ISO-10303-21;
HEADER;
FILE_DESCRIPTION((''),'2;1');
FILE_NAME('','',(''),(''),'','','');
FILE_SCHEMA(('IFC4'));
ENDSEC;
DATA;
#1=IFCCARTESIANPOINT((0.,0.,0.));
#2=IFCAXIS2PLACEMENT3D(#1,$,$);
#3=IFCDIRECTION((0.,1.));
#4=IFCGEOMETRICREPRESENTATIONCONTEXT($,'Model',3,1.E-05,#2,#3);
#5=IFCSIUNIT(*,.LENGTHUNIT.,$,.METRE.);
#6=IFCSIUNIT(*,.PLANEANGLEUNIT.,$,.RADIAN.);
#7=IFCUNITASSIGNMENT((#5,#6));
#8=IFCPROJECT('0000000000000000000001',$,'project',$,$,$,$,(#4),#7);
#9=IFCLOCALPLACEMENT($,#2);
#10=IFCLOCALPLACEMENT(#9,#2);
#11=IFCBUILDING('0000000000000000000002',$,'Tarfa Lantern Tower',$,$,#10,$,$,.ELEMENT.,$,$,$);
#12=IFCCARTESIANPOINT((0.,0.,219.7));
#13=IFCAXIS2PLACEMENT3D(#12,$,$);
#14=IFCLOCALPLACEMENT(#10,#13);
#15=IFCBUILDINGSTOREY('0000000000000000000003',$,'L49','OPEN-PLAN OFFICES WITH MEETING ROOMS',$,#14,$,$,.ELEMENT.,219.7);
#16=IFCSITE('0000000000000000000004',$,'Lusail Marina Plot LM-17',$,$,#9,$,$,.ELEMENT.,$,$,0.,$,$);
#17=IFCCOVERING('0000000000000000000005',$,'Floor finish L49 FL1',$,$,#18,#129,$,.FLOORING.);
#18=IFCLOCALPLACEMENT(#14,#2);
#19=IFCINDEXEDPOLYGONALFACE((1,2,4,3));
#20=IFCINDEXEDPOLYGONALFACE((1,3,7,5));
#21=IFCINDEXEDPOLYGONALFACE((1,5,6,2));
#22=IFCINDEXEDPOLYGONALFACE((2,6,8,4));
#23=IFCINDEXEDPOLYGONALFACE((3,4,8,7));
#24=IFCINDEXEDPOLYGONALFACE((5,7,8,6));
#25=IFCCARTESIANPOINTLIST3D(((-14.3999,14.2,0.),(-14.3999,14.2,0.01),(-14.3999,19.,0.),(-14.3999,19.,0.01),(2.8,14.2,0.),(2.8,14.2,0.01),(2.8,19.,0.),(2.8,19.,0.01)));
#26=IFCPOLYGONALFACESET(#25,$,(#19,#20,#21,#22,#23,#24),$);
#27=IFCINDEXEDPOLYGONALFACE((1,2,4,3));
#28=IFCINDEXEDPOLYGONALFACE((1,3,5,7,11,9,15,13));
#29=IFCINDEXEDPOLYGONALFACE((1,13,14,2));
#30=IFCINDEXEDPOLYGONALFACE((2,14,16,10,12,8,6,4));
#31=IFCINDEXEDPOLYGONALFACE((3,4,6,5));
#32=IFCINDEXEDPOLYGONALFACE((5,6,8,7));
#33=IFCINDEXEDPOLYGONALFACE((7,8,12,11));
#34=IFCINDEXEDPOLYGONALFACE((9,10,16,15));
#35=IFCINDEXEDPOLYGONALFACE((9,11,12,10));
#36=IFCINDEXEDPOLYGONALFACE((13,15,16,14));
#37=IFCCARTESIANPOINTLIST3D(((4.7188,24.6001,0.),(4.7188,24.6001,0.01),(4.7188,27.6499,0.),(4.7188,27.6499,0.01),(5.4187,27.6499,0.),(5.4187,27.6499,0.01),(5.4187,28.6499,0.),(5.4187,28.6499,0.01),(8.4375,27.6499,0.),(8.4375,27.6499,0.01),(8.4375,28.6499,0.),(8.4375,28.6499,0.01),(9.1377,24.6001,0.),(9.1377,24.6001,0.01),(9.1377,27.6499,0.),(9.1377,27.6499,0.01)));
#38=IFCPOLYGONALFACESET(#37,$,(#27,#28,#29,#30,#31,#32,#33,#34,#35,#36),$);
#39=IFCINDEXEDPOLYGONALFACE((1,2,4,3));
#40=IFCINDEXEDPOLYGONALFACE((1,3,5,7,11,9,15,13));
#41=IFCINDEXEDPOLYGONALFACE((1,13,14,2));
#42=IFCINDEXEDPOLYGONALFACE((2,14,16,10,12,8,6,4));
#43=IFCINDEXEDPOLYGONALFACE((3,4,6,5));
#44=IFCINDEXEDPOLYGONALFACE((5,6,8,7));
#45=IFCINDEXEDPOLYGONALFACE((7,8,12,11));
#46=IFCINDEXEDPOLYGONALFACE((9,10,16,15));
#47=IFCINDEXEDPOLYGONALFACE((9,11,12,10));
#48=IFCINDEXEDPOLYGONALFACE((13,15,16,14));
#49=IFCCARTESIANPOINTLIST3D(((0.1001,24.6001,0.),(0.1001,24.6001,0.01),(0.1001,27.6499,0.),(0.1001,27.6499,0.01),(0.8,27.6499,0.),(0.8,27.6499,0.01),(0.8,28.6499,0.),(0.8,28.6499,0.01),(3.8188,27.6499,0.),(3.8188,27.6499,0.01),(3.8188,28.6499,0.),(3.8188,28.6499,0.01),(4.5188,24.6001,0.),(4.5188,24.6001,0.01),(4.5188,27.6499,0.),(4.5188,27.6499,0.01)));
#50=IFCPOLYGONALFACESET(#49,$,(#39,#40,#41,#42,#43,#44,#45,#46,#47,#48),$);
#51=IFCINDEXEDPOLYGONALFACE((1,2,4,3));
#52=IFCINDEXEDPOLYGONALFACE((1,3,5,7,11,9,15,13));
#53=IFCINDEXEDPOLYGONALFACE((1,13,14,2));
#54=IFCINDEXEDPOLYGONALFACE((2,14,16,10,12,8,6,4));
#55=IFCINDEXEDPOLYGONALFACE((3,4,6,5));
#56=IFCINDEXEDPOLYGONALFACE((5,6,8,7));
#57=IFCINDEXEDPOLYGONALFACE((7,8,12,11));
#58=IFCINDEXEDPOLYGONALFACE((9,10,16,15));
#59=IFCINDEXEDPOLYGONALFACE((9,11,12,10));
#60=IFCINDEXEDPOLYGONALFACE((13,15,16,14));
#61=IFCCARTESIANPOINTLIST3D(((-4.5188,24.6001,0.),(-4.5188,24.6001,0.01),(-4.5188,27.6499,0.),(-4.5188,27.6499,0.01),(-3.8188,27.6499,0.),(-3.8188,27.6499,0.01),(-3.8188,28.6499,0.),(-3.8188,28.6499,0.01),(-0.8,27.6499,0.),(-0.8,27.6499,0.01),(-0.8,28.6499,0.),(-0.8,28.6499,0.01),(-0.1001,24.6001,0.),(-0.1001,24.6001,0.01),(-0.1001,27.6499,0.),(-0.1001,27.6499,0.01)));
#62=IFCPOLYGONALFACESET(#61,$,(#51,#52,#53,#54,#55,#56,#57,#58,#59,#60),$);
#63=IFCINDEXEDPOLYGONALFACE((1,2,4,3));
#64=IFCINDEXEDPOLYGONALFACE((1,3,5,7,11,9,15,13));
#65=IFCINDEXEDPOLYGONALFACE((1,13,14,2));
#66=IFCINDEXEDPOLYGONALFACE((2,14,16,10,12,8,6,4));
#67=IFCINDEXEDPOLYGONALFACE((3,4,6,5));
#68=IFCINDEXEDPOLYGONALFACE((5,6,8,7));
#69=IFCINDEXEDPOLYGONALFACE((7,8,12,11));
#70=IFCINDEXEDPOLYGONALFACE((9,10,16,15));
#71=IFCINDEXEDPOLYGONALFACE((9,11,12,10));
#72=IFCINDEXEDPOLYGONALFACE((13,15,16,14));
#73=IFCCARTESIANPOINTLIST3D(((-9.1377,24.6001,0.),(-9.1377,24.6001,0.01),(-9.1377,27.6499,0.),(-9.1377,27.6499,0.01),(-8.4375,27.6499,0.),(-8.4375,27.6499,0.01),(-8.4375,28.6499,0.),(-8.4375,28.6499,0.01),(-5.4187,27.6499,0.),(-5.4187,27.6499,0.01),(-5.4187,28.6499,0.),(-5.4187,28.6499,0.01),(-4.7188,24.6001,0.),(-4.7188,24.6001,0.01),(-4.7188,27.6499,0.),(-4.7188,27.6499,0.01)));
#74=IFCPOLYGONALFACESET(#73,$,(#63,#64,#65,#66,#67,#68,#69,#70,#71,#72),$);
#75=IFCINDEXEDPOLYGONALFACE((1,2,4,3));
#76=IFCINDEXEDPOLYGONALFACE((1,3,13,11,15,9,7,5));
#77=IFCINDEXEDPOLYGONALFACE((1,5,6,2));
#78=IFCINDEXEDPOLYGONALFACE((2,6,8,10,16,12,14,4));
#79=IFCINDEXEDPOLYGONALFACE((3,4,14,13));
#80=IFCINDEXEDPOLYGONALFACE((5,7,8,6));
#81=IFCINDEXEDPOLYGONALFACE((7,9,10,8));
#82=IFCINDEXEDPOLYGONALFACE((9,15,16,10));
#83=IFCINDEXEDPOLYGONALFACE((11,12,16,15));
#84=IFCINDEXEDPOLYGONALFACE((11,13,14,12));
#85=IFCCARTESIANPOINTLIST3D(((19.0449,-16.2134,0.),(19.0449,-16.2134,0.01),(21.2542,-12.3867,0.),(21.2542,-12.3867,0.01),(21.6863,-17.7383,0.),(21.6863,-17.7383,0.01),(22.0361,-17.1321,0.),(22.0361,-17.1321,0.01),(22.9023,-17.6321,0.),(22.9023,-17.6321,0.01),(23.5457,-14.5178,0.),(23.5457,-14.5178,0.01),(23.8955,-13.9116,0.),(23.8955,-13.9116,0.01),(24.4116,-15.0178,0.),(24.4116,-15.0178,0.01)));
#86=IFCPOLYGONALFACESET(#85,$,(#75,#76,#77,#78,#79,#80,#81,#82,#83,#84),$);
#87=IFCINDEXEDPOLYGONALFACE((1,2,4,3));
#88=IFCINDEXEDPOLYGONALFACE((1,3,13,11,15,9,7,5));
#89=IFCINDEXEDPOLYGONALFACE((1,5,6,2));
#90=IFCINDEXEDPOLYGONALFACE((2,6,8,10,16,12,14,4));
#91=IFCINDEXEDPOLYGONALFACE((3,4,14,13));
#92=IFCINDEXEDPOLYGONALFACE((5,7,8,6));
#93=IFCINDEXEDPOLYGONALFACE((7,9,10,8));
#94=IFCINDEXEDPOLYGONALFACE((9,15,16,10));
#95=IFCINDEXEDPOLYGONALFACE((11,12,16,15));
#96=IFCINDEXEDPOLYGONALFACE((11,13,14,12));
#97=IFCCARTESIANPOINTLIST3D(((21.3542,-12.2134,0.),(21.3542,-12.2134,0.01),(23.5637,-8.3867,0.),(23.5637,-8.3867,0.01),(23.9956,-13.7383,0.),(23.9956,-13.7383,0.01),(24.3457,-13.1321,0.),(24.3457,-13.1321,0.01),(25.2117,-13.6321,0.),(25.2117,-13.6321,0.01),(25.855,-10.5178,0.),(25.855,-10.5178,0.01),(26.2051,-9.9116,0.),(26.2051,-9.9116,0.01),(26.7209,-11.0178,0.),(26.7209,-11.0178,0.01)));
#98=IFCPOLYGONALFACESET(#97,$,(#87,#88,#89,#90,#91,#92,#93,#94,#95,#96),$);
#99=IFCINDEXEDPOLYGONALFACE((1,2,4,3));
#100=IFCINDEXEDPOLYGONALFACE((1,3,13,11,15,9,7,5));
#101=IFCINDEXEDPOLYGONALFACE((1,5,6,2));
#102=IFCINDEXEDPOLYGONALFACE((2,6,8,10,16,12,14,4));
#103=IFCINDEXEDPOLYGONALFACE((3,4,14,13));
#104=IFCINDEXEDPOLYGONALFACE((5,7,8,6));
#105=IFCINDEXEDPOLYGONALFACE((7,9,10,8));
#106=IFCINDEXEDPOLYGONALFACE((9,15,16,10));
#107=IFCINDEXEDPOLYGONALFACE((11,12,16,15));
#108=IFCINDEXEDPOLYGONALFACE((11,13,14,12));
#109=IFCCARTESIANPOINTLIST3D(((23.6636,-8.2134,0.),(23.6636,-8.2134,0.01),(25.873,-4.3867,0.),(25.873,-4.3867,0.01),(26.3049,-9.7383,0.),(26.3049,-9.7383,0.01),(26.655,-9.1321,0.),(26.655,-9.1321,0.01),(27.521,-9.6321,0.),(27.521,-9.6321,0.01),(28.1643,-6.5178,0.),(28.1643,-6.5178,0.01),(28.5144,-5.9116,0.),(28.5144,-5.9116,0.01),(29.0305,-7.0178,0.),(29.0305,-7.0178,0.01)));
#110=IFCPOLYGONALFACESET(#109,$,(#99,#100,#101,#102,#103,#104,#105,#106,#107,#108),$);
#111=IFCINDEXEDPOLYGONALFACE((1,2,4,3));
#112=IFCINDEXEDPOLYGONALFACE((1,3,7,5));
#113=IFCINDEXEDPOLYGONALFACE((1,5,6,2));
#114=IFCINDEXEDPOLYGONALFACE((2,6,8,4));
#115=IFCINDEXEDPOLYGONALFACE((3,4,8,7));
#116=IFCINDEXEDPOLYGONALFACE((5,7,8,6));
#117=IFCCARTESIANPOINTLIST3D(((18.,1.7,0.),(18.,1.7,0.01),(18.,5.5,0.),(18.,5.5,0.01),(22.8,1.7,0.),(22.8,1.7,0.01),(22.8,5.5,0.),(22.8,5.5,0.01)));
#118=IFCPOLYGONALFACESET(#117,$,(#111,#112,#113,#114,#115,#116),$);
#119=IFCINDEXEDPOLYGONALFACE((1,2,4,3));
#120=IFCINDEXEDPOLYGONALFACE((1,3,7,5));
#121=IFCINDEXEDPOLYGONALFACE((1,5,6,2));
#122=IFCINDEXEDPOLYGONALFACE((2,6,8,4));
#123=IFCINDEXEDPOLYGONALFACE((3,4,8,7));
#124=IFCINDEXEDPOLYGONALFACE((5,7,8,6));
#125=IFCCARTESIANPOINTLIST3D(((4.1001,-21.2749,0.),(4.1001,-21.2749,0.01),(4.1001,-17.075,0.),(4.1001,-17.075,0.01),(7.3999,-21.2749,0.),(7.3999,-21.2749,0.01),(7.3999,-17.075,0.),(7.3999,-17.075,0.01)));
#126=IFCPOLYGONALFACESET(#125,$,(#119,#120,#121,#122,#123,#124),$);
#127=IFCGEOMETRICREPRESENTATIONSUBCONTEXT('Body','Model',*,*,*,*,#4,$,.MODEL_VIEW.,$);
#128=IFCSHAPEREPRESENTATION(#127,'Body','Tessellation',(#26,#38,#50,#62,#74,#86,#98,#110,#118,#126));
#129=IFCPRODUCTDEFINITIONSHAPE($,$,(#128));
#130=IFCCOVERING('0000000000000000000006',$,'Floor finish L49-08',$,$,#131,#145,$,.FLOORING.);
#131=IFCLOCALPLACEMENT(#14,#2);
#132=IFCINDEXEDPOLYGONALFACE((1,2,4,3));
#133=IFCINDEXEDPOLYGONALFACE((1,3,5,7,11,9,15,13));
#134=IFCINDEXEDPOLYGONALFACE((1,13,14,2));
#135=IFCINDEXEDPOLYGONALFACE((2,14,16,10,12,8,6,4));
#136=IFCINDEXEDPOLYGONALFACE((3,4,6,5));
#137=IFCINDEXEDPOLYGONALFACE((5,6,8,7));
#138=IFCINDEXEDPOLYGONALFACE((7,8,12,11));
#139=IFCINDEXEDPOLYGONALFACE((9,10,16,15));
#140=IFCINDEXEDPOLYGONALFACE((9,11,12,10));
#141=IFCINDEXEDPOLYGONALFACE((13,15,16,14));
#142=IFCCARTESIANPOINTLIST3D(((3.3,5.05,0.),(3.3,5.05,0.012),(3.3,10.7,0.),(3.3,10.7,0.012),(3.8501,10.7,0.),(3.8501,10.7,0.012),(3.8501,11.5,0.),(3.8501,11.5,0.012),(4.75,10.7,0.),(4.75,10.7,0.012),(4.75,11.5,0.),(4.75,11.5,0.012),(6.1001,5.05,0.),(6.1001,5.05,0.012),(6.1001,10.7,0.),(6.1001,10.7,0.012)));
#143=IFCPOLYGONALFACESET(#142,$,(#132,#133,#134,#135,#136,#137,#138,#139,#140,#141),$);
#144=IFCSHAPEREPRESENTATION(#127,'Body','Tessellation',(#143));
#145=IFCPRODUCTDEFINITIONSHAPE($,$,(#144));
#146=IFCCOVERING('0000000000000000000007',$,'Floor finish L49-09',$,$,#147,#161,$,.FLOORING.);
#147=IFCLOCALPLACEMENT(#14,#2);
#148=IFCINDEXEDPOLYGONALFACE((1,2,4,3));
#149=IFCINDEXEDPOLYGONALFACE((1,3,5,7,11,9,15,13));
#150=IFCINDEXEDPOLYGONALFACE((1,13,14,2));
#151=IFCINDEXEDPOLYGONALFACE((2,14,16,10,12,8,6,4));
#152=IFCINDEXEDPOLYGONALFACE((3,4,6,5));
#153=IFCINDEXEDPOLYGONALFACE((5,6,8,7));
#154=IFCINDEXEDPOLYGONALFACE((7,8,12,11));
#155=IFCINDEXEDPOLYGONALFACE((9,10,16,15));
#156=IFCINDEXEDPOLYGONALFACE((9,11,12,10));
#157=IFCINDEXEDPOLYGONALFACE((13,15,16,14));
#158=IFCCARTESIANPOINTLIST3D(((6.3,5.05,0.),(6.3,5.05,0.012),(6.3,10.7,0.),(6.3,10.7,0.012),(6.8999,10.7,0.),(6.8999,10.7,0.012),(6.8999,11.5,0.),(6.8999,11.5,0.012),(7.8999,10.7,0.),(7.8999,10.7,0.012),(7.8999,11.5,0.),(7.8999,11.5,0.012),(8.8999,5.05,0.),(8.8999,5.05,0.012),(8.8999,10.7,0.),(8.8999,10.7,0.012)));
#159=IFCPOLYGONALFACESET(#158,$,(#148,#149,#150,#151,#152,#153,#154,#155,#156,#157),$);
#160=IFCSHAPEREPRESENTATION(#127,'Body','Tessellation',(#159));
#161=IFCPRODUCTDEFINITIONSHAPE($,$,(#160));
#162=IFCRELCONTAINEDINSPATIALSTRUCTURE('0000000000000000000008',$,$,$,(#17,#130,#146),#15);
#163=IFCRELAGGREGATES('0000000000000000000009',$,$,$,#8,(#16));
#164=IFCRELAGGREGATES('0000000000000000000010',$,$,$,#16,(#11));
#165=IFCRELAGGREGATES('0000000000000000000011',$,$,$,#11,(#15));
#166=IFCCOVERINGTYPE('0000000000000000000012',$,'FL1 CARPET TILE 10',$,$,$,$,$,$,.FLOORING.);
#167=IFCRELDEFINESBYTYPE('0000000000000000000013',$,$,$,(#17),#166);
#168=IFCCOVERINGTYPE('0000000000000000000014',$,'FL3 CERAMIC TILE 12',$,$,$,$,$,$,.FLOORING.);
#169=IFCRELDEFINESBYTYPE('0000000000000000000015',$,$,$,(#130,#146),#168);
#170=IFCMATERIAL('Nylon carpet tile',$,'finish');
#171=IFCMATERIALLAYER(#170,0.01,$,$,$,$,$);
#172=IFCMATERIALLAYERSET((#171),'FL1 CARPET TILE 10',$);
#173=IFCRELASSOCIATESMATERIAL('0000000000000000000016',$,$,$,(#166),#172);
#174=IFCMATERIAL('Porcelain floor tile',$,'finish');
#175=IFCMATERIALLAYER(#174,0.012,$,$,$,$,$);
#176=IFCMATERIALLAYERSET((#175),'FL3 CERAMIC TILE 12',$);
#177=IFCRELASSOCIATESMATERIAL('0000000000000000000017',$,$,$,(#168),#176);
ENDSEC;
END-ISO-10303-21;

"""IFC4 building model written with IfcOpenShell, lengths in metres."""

from ifc_helpers import new_model, si_unit, direction, frame, origin, place, context, subcontext, project, spatial, polyline, outline, extrude, material, layer, layer_set, type_object, element, save


model = new_model("IFC4")

# Units and contexts
model_context = context("Model", 3, precision=1e-05, world=origin(), true_north=direction((0.0, 1.0)))
body_context = subcontext(model_context, "Body", "Model", "MODEL_VIEW")
ifc_project = project(units=[si_unit("LENGTHUNIT", "METRE"), si_unit("PLANEANGLEUNIT", "RADIAN")], contexts=[model_context])

# Site, building, storey
site_placement = place(None, origin())
site = spatial("IfcSite", under=ifc_project, at=site_placement, Name="Lusail Marina Plot LM-17", CompositionType="ELEMENT", RefElevation=0.0)
building_placement = place(site_placement, origin())
building = spatial("IfcBuilding", under=site, at=building_placement, Name="Tarfa Lantern Tower", CompositionType="ELEMENT")
storey_placement = place(building_placement, frame((0.0, 0.0, 219.7)))
storey = spatial("IfcBuildingStorey", under=building, at=storey_placement, Name="L49", Description="OPEN-PLAN OFFICES WITH MEETING ROOMS", CompositionType="ELEMENT", Elevation=219.7)

# Coverings
ifc_material_1 = material(Name="Nylon carpet tile", Category="finish")
ifc_layer_1 = layer(ifc_material_1, 0.01)
ifc_layer_set_1 = layer_set([ifc_layer_1], Name="FL1 CARPET TILE 10")
covering_type_1 = type_object("IfcCoveringType", Name="FL1 CARPET TILE 10", PredefinedType="FLOORING", material=ifc_layer_set_1)
covering_1_placement = place(storey_placement, origin())
element("IfcCovering", 1, at=covering_1_placement, inside=storey, type_object=covering_type_1, Name="Floor finish L49 FL1", PredefinedType="FLOORING", context=body_context, shape_type="SweptSolid", body=[
    extrude(outline(polyline([(-14.3999, 19.0), (2.8, 19.0), (2.8, 14.2), (-14.3999, 14.2), (-14.3999, 19.0)])), origin(), (0.0, 0.0, 1.0), 0.01),
    extrude(outline(polyline([(9.1377, 24.6001), (4.7188, 24.6001), (4.7188, 27.6499), (5.4187, 27.6499), (5.4187, 28.6499), (8.4375, 28.6499), (8.4375, 27.6499), (9.1377, 27.6499), (9.1377, 24.6001)])), origin(), (0.0, 0.0, 1.0), 0.01),
    extrude(outline(polyline([(4.5188, 24.6001), (0.1001, 24.6001), (0.1001, 27.6499), (0.8, 27.6499), (0.8, 28.6499), (3.8188, 28.6499), (3.8188, 27.6499), (4.5188, 27.6499), (4.5188, 24.6001)])), origin(), (0.0, 0.0, 1.0), 0.01),
    extrude(outline(polyline([(-0.1001, 24.6001), (-4.5188, 24.6001), (-4.5188, 27.6499), (-3.8188, 27.6499), (-3.8188, 28.6499), (-0.8, 28.6499), (-0.8, 27.6499), (-0.1001, 27.6499), (-0.1001, 24.6001)])), origin(), (0.0, 0.0, 1.0), 0.01),
    extrude(outline(polyline([(-4.7188, 24.6001), (-9.1377, 24.6001), (-9.1377, 27.6499), (-8.4375, 27.6499), (-8.4375, 28.6499), (-5.4187, 28.6499), (-5.4187, 27.6499), (-4.7188, 27.6499), (-4.7188, 24.6001)])), origin(), (0.0, 0.0, 1.0), 0.01),
    extrude(outline(polyline([(21.2542, -12.3867), (23.8955, -13.9116), (23.5457, -14.5178), (24.4116, -15.0178), (22.9023, -17.6321), (22.0361, -17.1321), (21.6863, -17.7383), (19.0449, -16.2134), (21.2542, -12.3867)])), origin(), (0.0, 0.0, 1.0), 0.01),
    extrude(outline(polyline([(23.5637, -8.3867), (26.2051, -9.9116), (25.855, -10.5178), (26.7209, -11.0178), (25.2117, -13.6321), (24.3457, -13.1321), (23.9956, -13.7383), (21.3542, -12.2134), (23.5637, -8.3867)])), origin(), (0.0, 0.0, 1.0), 0.01),
    extrude(outline(polyline([(25.873, -4.3867), (28.5144, -5.9116), (28.1643, -6.5178), (29.0305, -7.0178), (27.521, -9.6321), (26.655, -9.1321), (26.3049, -9.7383), (23.6636, -8.2134), (25.873, -4.3867)])), origin(), (0.0, 0.0, 1.0), 0.01),
    extrude(outline(polyline([(18.0, 5.5), (22.8, 5.5), (22.8, 1.7), (18.0, 1.7), (18.0, 5.5)])), origin(), (0.0, 0.0, 1.0), 0.01),
    extrude(outline(polyline([(7.3999, -21.2749), (4.1001, -21.2749), (4.1001, -17.075), (7.3999, -17.075), (7.3999, -21.2749)])), origin(), (0.0, 0.0, 1.0), 0.01),
])
ifc_material_2 = material(Name="Porcelain floor tile", Category="finish")
ifc_layer_2 = layer(ifc_material_2, 0.012)
ifc_layer_set_2 = layer_set([ifc_layer_2], Name="FL3 CERAMIC TILE 12")
covering_type_2 = type_object("IfcCoveringType", Name="FL3 CERAMIC TILE 12", PredefinedType="FLOORING", material=ifc_layer_set_2)
covering_2_placement = place(storey_placement, origin())
element("IfcCovering", 2, at=covering_2_placement, inside=storey, type_object=covering_type_2, Name="Floor finish L49-08", PredefinedType="FLOORING", context=body_context, shape_type="SweptSolid", body=[
    extrude(outline(polyline([(3.3, 5.05), (6.1001, 5.05), (6.1001, 10.7), (4.75, 10.7), (4.75, 11.5), (3.8501, 11.5), (3.8501, 10.7), (3.3, 10.7), (3.3, 5.05)])), origin(), (0.0, 0.0, 1.0), 0.012),
])
covering_3_placement = place(storey_placement, origin())
element("IfcCovering", 3, at=covering_3_placement, inside=storey, type_object=covering_type_2, Name="Floor finish L49-09", PredefinedType="FLOORING", context=body_context, shape_type="SweptSolid", body=[
    extrude(outline(polyline([(6.3, 5.05), (8.8999, 5.05), (8.8999, 10.7), (7.8999, 10.7), (7.8999, 11.5), (6.8999, 11.5), (6.8999, 10.7), (6.3, 10.7), (6.3, 5.05)])), origin(), (0.0, 0.0, 1.0), 0.012),
])

save(model, "model.ifc")
